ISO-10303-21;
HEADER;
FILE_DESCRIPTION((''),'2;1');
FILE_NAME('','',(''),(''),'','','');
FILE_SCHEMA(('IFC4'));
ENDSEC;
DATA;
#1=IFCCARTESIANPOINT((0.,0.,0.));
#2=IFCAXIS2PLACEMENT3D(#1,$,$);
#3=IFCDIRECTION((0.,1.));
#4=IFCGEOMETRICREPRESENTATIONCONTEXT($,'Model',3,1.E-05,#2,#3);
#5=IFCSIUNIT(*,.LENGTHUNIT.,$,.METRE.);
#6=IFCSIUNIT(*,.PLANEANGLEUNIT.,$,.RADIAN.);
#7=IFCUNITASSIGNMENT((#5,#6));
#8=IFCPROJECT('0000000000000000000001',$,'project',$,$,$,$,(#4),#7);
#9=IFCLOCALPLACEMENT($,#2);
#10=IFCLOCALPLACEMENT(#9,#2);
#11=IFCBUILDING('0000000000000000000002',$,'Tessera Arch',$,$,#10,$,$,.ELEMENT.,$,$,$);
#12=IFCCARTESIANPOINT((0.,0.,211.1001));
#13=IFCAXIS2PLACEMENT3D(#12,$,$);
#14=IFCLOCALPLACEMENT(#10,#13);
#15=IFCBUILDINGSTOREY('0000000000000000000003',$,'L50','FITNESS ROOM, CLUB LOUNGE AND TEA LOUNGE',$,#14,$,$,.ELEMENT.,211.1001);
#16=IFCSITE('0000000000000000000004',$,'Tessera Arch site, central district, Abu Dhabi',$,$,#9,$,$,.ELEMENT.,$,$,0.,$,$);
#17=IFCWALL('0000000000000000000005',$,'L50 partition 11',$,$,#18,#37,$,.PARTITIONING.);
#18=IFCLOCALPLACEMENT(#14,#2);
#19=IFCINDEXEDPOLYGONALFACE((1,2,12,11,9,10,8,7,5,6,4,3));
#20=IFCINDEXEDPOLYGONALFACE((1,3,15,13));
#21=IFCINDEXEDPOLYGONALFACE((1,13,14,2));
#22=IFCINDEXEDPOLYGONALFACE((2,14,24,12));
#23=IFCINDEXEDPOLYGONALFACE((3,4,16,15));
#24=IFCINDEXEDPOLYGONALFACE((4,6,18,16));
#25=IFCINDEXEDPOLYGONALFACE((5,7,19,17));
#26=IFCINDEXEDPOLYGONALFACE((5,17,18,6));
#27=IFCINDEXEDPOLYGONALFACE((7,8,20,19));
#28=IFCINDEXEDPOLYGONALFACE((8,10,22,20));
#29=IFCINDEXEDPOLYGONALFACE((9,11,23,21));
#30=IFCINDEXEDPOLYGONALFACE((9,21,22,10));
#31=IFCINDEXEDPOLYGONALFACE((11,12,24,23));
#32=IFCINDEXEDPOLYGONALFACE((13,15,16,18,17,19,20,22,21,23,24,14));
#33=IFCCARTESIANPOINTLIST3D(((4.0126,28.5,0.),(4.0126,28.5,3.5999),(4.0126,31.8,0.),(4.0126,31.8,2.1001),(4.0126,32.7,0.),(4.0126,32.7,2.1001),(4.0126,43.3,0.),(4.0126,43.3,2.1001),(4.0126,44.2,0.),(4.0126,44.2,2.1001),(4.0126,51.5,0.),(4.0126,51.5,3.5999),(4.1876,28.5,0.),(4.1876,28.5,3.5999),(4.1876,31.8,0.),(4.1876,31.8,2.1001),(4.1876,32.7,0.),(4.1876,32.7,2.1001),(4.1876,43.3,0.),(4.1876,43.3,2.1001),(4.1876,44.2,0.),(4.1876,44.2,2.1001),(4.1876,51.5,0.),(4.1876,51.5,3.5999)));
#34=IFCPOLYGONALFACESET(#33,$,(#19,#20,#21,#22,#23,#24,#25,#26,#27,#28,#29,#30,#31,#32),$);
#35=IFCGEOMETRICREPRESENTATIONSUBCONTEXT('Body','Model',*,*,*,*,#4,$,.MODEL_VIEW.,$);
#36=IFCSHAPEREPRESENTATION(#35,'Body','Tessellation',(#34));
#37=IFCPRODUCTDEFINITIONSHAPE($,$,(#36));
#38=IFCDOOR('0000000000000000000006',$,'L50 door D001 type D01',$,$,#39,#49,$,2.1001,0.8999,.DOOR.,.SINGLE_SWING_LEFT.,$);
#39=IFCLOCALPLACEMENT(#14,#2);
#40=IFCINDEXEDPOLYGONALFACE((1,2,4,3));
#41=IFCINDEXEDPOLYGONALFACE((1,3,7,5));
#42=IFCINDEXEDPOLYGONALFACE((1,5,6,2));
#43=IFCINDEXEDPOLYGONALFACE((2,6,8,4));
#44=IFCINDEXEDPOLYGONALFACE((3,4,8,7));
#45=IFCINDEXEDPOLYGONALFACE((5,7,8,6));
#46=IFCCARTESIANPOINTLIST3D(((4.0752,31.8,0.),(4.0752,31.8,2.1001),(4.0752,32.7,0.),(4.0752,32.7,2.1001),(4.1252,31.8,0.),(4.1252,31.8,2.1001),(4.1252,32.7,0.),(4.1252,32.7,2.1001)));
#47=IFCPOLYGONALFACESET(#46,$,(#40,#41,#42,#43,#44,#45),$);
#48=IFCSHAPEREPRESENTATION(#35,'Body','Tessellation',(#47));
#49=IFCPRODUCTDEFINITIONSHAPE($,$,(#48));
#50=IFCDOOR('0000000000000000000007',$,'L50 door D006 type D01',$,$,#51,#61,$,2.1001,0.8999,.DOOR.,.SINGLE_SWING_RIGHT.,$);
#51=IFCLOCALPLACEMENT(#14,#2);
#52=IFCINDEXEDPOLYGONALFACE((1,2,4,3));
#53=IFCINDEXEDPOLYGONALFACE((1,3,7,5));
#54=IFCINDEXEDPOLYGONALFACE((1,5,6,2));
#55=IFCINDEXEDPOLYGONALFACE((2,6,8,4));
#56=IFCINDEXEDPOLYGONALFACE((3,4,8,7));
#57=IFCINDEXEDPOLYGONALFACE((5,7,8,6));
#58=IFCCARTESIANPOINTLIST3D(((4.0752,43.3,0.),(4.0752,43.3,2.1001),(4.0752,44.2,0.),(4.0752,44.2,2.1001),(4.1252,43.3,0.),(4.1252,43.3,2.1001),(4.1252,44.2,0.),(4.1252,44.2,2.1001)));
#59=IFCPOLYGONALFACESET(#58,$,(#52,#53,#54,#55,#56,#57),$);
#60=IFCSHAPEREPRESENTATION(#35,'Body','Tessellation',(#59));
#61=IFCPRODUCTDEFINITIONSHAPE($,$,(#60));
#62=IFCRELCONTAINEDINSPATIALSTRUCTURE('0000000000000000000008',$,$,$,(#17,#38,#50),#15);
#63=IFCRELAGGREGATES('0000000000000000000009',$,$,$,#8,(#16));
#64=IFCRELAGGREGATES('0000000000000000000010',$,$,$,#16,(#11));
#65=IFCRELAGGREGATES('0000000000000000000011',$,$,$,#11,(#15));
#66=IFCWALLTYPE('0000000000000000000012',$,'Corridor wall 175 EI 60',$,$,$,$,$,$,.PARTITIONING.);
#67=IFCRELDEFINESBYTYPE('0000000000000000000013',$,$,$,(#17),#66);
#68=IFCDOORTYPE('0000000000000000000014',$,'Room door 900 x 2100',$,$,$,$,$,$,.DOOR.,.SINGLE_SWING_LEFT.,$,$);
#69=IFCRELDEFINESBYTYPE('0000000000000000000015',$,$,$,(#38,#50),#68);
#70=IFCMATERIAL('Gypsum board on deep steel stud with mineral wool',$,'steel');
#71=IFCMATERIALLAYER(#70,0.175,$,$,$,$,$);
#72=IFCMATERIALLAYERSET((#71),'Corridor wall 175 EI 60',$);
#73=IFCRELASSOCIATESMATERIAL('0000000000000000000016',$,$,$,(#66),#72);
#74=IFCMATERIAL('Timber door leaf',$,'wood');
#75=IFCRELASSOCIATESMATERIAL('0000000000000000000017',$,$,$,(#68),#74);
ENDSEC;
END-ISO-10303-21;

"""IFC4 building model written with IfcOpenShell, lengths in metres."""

from ifc_helpers import new_model, si_unit, direction, frame, frame_2d, origin, place, context, subcontext, project, spatial, rectangle, extrude, material, layer, layer_set, type_object, element, fill, save


model = new_model("IFC4")

# Units and contexts
model_context = context("Model", 3, precision=1e-05, world=origin(), true_north=direction((0.0, 1.0)))
body_context = subcontext(model_context, "Body", "Model", "MODEL_VIEW")
ifc_project = project(units=[si_unit("LENGTHUNIT", "METRE"), si_unit("PLANEANGLEUNIT", "RADIAN")], contexts=[model_context])

# Site, building, storey
site_placement = place(None, origin())
site = spatial("IfcSite", under=ifc_project, at=site_placement, Name="Tessera Arch site, central district, Abu Dhabi", CompositionType="ELEMENT", RefElevation=0.0)
building_placement = place(site_placement, origin())
building = spatial("IfcBuilding", under=site, at=building_placement, Name="Tessera Arch", CompositionType="ELEMENT")
storey_placement = place(building_placement, frame((0.0, 0.0, 211.1001)))
storey = spatial("IfcBuildingStorey", under=building, at=storey_placement, Name="L50", Description="FITNESS ROOM, CLUB LOUNGE AND TEA LOUNGE", CompositionType="ELEMENT", Elevation=211.1001)

# Shared definitions
ifc_material_1 = material(Name="Gypsum board on deep steel stud with mineral wool", Category="steel")
ifc_layer_1 = layer(ifc_material_1, 0.175)
ifc_layer_set_1 = layer_set([ifc_layer_1], Name="Corridor wall 175 EI 60")
wall_type_1 = type_object("IfcWallType", Name="Corridor wall 175 EI 60", PredefinedType="PARTITIONING", material=ifc_layer_set_1)

# Wall, openings, doors
wall_1_placement = place(storey_placement, frame((4.1001, 28.5, 0.0), z_axis=(0.0, 0.0, 1.0), x_axis=(0.0, 1.0, 0.0)))
wall_1 = element("IfcWall", 1, at=wall_1_placement, inside=storey, type_object=wall_type_1, Name="L50 partition 11", PredefinedType="PARTITIONING", context=body_context, shape_type="SweptSolid", body=[
    extrude(rectangle(XDim=23.0, YDim=0.175, at=frame_2d((11.5, 0.0))), origin(), (0.0, 0.0, 1.0), 3.5999),
])
opening_1_placement = place(wall_1_placement, frame((3.3, 0.0, 0.0)))
opening_1 = element("IfcOpeningElement", 2, at=opening_1_placement, cuts=wall_1, PredefinedType="OPENING", context=body_context, shape_type="SweptSolid", body=[
    extrude(rectangle(XDim=0.8999, YDim=2.1001, at=frame_2d((0.45, 1.05))), frame((0.0, 0.0974, 0.0), z_axis=(0.0, -1.0, 0.0), x_axis=(1.0, 0.0, 0.0)), (0.0, 0.0, 1.0), 0.1951),
])
opening_2_placement = place(wall_1_placement, frame((14.8, 0.0, 0.0)))
opening_2 = element("IfcOpeningElement", 3, at=opening_2_placement, cuts=wall_1, PredefinedType="OPENING", context=body_context, shape_type="SweptSolid", body=[
    extrude(rectangle(XDim=0.8999, YDim=2.1001, at=frame_2d((0.45, 1.05))), frame((0.0, 0.0974, 0.0), z_axis=(0.0, -1.0, 0.0), x_axis=(1.0, 0.0, 0.0)), (0.0, 0.0, 1.0), 0.1951),
])
ifc_material_2 = material(Name="Timber door leaf", Category="wood")
door_type_1 = type_object("IfcDoorType", Name="Room door 900 x 2100", OperationType="SINGLE_SWING_LEFT", PredefinedType="DOOR", material=ifc_material_2)
door_1_placement = place(opening_1_placement, origin())
door_1 = element("IfcDoor", 4, at=door_1_placement, inside=storey, type_object=door_type_1, Name="L50 door D001 type D01", OperationType="SINGLE_SWING_LEFT", OverallHeight=2.1001, OverallWidth=0.8999, PredefinedType="DOOR", context=body_context, shape_type="SweptSolid", body=[
    extrude(rectangle(XDim=0.8999, YDim=2.1001, at=frame_2d((0.45, 1.05))), frame((0.0, 0.0249, 0.0), z_axis=(0.0, -1.0, 0.0), x_axis=(1.0, 0.0, 0.0)), (0.0, 0.0, 1.0), 0.05),
])
fill(opening_1, door_1)
door_2_placement = place(opening_2_placement, origin())
door_2 = element("IfcDoor", 5, at=door_2_placement, inside=storey, type_object=door_type_1, Name="L50 door D006 type D01", OperationType="SINGLE_SWING_RIGHT", OverallHeight=2.1001, OverallWidth=0.8999, PredefinedType="DOOR", context=body_context, shape_type="SweptSolid", body=[
    extrude(rectangle(XDim=0.8999, YDim=2.1001, at=frame_2d((0.45, 1.05))), frame((0.0, 0.0249, 0.0), z_axis=(0.0, -1.0, 0.0), x_axis=(1.0, 0.0, 0.0)), (0.0, 0.0, 1.0), 0.05),
])
fill(opening_2, door_2)

save(model, "model.ifc")
